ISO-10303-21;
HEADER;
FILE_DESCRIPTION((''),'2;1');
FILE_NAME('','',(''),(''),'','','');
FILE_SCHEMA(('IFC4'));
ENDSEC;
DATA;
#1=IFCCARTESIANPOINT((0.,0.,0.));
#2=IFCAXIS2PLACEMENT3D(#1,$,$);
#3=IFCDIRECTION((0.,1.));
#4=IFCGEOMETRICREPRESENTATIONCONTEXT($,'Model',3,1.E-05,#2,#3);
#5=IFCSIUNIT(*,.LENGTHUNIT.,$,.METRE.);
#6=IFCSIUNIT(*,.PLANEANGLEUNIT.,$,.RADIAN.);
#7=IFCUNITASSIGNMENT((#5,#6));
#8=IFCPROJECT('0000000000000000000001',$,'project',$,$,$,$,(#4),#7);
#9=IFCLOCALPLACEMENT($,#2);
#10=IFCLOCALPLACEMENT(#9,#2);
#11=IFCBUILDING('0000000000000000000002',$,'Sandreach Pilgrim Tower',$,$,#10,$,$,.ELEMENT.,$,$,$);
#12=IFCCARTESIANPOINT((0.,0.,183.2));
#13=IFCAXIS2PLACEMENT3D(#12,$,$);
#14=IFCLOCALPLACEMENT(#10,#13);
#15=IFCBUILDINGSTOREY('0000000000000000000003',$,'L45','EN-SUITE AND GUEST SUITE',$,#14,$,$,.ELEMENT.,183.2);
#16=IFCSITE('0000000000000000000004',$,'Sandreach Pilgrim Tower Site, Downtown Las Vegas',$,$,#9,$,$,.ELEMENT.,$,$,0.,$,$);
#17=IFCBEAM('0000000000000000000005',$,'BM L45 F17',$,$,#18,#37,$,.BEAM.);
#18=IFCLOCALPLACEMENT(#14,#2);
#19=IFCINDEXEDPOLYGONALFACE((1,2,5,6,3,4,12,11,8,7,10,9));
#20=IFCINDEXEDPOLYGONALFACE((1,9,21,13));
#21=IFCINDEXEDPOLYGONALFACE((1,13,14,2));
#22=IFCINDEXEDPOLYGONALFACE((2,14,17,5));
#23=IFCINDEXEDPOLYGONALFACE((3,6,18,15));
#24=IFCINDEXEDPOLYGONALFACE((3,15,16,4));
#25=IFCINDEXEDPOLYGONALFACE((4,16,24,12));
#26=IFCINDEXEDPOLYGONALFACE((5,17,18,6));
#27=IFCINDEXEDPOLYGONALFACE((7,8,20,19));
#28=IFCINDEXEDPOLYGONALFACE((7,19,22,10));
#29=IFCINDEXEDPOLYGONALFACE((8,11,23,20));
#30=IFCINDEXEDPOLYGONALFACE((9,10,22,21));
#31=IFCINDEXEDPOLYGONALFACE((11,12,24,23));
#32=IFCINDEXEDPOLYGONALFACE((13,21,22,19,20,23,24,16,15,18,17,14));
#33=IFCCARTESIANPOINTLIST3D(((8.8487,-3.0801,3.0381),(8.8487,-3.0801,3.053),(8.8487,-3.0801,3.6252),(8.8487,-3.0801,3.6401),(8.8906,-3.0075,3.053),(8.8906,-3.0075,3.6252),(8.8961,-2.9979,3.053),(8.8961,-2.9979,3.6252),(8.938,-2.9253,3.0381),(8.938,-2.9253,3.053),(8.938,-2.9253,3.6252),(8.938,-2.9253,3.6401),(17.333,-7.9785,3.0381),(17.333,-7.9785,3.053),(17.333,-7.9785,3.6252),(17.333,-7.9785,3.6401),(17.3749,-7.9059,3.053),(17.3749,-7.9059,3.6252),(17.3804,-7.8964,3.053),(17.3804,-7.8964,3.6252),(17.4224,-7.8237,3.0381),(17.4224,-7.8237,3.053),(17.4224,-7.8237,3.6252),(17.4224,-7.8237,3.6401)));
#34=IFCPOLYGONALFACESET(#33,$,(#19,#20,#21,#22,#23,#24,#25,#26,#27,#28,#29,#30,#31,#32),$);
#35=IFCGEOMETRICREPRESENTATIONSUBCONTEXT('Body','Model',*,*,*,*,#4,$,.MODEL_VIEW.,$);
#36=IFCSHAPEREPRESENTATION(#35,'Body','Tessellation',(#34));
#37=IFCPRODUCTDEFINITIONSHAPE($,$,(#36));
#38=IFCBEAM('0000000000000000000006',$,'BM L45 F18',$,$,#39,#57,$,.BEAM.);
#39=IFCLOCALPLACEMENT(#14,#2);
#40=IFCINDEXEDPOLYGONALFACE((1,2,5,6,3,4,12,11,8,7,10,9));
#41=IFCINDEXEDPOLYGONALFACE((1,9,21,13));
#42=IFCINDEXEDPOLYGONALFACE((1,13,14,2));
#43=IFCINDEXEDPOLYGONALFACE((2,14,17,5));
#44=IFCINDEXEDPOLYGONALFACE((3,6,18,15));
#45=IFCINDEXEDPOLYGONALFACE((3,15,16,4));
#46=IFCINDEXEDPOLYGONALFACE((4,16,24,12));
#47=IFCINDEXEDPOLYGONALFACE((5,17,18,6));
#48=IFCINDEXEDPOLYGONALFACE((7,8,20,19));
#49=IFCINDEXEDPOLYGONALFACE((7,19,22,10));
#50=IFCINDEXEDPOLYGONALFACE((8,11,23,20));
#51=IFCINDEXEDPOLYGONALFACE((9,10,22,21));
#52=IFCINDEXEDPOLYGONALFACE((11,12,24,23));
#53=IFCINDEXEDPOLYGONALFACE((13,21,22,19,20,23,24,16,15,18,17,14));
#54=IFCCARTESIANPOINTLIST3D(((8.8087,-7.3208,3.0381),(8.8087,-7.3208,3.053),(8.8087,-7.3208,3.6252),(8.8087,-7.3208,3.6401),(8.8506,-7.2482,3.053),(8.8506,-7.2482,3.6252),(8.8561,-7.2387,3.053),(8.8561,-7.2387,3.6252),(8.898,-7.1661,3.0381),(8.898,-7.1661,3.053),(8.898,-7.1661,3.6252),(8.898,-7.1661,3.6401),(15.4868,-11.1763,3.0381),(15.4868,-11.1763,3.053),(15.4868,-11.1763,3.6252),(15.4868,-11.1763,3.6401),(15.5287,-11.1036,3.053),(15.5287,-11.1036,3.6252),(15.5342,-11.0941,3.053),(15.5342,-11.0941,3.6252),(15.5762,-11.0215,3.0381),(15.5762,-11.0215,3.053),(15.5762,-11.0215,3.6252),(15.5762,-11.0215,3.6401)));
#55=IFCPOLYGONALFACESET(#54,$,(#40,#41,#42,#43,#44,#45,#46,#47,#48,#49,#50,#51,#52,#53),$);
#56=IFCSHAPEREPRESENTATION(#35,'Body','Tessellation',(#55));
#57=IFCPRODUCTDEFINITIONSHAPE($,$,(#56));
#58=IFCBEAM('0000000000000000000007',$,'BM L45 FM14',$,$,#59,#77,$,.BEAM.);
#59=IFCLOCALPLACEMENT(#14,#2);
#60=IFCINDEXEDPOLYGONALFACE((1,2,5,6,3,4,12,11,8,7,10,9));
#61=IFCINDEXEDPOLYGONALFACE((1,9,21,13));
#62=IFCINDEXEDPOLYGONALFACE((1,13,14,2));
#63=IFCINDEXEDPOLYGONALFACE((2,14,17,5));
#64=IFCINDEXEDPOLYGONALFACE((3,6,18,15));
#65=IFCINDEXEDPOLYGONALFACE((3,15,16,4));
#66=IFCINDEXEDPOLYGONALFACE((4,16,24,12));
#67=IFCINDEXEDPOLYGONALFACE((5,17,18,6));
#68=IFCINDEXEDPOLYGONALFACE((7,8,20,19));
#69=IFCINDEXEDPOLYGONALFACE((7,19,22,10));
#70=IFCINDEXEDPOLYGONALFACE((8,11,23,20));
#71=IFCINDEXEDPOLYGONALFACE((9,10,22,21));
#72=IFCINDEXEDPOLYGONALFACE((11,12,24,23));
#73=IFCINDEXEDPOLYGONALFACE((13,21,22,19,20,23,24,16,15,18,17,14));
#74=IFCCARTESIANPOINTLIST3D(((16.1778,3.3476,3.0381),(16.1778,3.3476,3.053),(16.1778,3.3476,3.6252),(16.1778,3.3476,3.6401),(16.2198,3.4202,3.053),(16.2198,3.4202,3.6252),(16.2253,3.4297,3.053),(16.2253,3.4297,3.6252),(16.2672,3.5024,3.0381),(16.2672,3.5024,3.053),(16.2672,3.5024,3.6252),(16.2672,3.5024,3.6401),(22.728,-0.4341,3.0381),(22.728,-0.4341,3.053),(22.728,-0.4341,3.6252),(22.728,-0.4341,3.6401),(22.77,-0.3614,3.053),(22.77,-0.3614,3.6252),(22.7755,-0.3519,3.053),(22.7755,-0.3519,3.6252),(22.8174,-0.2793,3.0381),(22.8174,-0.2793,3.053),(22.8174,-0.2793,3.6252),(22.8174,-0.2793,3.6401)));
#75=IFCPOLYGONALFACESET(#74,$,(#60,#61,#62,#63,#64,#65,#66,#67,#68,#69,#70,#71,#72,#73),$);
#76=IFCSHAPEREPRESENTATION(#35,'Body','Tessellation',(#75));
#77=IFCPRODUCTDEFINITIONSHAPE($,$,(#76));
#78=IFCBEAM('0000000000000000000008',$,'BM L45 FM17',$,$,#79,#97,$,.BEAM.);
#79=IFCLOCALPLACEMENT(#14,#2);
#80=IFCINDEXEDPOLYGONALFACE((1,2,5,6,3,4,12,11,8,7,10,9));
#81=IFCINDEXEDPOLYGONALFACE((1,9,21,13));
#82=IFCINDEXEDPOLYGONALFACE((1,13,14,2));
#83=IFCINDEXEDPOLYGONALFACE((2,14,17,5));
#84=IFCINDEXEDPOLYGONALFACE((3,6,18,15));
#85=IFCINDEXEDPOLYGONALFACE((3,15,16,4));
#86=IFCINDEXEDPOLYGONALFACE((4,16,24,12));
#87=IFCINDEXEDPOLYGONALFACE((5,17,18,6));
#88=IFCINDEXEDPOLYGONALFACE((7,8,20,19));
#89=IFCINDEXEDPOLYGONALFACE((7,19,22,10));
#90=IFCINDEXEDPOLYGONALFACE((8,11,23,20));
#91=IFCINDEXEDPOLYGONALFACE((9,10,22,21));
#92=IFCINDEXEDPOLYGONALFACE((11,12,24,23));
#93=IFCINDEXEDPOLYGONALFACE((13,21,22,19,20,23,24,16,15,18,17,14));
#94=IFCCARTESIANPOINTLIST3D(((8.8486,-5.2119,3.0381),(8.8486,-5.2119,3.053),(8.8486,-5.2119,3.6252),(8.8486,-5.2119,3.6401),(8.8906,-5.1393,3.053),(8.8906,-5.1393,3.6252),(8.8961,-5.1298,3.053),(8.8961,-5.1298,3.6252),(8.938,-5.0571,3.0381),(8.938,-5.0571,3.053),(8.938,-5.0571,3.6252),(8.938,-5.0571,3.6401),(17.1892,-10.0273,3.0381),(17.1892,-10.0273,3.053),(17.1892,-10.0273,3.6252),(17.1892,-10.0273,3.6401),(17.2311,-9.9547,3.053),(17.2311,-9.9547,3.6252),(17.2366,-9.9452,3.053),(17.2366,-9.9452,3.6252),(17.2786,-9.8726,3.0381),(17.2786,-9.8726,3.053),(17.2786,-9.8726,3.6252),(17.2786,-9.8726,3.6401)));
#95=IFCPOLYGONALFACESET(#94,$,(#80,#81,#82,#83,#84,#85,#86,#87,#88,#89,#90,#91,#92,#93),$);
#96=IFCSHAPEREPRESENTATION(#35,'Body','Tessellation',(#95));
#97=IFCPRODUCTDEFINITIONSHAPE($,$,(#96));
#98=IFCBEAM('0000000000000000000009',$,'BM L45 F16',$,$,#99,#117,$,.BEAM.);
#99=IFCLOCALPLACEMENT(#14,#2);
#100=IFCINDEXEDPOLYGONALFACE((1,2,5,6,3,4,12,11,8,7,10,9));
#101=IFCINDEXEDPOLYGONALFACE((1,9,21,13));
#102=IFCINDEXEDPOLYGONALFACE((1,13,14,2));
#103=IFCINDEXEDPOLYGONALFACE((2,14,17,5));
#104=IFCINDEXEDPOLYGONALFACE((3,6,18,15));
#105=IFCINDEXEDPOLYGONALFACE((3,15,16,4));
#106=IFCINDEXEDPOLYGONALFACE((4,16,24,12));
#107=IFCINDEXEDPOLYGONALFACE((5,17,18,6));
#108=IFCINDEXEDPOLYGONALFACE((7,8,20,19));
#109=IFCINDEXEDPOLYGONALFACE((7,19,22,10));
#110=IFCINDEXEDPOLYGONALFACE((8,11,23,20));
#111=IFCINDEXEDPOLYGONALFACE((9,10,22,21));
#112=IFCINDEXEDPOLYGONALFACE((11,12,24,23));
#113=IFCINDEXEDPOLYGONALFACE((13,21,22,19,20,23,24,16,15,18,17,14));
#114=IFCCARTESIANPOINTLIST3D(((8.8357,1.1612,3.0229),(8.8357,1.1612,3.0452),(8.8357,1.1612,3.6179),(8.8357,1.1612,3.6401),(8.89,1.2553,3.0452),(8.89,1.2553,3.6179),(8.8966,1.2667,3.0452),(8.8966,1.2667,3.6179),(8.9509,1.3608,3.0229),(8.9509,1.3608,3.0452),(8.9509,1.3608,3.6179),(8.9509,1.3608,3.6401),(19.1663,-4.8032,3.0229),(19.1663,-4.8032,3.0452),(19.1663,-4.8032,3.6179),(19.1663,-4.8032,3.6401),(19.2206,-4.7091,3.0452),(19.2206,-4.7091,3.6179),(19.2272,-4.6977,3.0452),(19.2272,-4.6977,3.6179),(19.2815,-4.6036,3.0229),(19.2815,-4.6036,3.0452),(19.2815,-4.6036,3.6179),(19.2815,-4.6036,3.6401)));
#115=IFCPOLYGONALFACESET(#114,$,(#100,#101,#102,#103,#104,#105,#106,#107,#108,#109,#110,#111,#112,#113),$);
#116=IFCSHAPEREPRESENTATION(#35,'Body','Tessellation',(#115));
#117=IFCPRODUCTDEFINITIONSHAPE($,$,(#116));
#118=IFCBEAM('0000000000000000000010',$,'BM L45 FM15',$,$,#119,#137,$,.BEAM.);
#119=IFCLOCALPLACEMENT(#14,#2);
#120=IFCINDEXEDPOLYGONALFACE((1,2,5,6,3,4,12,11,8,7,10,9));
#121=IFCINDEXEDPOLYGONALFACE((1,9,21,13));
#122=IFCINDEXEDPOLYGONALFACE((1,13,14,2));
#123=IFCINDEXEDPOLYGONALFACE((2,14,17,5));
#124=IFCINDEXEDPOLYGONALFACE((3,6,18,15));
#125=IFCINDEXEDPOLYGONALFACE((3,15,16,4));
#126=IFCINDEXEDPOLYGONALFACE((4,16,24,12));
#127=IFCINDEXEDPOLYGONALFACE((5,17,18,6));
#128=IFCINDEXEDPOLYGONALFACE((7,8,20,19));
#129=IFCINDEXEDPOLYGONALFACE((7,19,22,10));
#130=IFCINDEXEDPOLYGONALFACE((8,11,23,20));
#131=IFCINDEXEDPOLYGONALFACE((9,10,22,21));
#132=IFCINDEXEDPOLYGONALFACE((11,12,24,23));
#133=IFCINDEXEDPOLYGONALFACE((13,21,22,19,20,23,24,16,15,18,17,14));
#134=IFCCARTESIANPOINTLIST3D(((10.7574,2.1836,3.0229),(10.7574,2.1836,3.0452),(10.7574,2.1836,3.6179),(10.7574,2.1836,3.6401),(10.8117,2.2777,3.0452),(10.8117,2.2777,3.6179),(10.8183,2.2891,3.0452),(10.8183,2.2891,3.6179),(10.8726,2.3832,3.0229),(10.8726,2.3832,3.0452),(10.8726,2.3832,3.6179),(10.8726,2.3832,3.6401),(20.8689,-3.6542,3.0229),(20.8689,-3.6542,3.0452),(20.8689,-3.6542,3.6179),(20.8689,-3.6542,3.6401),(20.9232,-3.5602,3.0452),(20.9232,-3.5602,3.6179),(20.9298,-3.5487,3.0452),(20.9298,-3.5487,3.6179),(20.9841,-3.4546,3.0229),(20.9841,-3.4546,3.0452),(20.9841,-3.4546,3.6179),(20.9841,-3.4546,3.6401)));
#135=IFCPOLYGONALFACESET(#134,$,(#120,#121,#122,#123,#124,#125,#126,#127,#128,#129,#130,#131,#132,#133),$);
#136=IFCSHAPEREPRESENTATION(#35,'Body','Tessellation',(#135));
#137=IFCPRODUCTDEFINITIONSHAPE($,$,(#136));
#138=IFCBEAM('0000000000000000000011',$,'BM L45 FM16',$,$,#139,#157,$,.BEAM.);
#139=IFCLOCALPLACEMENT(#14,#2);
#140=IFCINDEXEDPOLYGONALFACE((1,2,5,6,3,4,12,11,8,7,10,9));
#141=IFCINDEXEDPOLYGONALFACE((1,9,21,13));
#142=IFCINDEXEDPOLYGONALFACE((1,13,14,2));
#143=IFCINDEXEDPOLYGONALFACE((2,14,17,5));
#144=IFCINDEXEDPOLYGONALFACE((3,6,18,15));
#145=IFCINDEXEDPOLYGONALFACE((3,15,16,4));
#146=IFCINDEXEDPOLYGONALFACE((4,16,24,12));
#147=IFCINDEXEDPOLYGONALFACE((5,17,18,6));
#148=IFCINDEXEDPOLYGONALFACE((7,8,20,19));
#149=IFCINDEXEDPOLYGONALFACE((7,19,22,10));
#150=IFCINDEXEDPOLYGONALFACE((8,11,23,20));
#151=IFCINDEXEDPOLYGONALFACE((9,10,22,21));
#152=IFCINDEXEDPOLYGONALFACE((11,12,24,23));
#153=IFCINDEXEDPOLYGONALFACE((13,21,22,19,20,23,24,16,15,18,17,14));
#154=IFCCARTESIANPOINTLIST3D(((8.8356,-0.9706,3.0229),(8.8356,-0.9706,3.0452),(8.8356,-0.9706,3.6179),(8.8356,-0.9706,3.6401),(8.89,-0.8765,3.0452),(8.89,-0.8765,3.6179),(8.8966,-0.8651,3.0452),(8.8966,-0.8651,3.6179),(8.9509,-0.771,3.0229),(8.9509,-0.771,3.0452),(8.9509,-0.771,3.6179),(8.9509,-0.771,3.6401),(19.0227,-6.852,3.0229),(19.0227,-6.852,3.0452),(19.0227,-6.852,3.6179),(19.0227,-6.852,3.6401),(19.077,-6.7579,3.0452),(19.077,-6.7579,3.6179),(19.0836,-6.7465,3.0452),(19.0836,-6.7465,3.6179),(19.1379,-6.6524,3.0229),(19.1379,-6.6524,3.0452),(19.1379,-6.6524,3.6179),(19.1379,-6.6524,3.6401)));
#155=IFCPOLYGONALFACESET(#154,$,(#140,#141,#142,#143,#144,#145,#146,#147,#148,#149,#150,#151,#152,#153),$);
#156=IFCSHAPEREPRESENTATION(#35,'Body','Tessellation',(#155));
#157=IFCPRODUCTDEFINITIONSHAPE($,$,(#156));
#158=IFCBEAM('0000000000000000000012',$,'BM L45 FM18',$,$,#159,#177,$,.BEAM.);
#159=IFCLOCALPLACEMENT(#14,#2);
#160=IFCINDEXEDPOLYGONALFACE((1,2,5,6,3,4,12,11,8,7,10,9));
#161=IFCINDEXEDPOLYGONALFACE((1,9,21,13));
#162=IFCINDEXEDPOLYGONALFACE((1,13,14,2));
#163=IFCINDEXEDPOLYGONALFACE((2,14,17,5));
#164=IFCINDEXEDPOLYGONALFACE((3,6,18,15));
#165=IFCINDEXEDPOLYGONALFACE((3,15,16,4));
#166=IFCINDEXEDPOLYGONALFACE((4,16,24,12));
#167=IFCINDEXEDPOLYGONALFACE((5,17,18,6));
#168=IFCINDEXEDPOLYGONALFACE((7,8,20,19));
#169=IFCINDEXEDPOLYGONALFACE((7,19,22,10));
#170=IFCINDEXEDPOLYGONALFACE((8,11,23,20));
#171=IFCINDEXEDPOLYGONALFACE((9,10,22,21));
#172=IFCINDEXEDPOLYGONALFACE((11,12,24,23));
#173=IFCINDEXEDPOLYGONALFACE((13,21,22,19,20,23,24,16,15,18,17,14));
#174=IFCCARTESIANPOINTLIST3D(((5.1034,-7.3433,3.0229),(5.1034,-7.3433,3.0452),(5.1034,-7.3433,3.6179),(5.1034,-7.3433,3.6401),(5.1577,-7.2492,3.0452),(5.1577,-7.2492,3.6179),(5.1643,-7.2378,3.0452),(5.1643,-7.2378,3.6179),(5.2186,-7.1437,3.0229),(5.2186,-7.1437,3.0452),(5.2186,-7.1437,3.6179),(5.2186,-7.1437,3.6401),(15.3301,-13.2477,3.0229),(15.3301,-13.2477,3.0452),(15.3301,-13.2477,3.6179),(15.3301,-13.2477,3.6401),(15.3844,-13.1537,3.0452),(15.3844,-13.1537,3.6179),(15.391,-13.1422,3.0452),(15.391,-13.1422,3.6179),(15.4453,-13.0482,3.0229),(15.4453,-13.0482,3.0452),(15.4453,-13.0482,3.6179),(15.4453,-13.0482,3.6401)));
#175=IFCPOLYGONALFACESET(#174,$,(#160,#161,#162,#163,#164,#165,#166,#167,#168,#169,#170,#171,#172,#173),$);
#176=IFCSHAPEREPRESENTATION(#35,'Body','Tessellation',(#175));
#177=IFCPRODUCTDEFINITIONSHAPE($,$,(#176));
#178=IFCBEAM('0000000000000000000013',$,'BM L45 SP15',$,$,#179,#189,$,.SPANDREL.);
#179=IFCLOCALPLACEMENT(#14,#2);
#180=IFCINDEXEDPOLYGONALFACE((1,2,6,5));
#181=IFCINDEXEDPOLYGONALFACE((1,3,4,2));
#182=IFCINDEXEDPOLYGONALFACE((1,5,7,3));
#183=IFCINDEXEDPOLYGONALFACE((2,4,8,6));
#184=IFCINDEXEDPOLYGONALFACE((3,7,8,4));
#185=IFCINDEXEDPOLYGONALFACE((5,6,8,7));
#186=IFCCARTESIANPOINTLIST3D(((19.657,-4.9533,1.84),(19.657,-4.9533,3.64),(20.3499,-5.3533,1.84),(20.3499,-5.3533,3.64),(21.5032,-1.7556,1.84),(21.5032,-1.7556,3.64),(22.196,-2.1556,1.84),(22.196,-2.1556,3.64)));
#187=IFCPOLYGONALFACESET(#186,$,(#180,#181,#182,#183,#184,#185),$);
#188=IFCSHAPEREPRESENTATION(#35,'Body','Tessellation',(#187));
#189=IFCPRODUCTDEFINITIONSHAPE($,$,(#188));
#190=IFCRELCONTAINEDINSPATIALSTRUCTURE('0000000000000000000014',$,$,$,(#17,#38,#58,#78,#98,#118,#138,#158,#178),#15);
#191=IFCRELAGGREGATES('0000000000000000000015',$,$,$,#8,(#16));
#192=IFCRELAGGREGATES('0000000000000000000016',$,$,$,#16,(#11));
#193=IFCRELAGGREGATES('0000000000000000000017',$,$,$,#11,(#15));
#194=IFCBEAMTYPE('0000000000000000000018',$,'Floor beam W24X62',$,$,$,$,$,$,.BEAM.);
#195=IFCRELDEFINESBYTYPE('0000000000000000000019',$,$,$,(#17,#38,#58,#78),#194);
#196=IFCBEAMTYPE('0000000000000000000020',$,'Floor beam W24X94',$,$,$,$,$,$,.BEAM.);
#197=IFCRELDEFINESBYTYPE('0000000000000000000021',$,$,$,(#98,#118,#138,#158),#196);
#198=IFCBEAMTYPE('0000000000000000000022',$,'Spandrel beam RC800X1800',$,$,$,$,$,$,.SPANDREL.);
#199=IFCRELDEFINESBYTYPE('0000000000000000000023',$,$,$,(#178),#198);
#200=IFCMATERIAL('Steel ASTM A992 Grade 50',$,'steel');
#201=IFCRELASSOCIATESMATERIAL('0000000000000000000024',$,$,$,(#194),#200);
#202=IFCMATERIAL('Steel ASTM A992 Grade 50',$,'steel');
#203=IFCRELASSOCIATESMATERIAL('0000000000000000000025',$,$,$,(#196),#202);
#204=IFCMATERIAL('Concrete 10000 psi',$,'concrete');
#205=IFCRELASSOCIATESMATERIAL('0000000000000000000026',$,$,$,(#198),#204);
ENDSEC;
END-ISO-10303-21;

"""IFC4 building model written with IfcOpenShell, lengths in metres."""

from ifc_helpers import new_model, si_unit, direction, frame, origin, origin_2d, place, context, subcontext, project, spatial, rectangle, i_section, extrude, material, material_profile, profile_set, type_object, element, save


model = new_model("IFC4")

# Units and contexts
model_context = context("Model", 3, precision=1e-05, world=origin(), true_north=direction((0.0, 1.0)))
body_context = subcontext(model_context, "Body", "Model", "MODEL_VIEW")
ifc_project = project(units=[si_unit("LENGTHUNIT", "METRE"), si_unit("PLANEANGLEUNIT", "RADIAN")], contexts=[model_context])

# Site, building, storey
site_placement = place(None, origin())
site = spatial("IfcSite", under=ifc_project, at=site_placement, Name="Sandreach Pilgrim Tower Site, Downtown Las Vegas", CompositionType="ELEMENT", RefElevation=0.0)
building_placement = place(site_placement, origin())
building = spatial("IfcBuilding", under=site, at=building_placement, Name="Sandreach Pilgrim Tower", CompositionType="ELEMENT")
storey_placement = place(building_placement, frame((0.0, 0.0, 183.2)))
storey = spatial("IfcBuildingStorey", under=building, at=storey_placement, Name="L45", Description="EN-SUITE AND GUEST SUITE", CompositionType="ELEMENT", Elevation=183.2)

# Beams
ifc_material_1 = material(Name="Steel ASTM A992 Grade 50", Category="steel")
ifc_material_profile_1 = material_profile(ifc_material_1, i_section(OverallWidth=0.1787, OverallDepth=0.6021, WebThickness=0.011, FlangeThickness=0.0149, at=origin_2d()), Name="W24X62")
ifc_profile_set_1 = profile_set([ifc_material_profile_1], Name="Steel ASTM A992 Grade 50")
beam_type_1 = type_object("IfcBeamType", Name="Floor beam W24X62", PredefinedType="BEAM", material=ifc_profile_set_1)
beam_1_placement = place(storey_placement, frame((17.3777, -7.9011, 3.3391), z_axis=(-0.866026, 0.499999, 0.0), x_axis=(-0.499999, -0.866026, 0.0)))
element("IfcBeam", 1, at=beam_1_placement, inside=storey, type_object=beam_type_1, Name="BM L45 F17", PredefinedType="BEAM", context=body_context, shape_type="SweptSolid", body=[
    extrude(i_section(OverallWidth=0.1787, OverallDepth=0.6021, WebThickness=0.011, FlangeThickness=0.0149, at=origin_2d()), origin(), (0.0, 0.0, 1.0), 9.7969),
])
beam_2_placement = place(storey_placement, frame((15.5315, -11.0989, 3.3391), z_axis=(-0.866037, 0.49998, 0.0), x_axis=(-0.49998, -0.866037, 0.0)))
element("IfcBeam", 2, at=beam_2_placement, inside=storey, type_object=beam_type_1, Name="BM L45 F18", PredefinedType="BEAM", context=body_context, shape_type="SweptSolid", body=[
    extrude(i_section(OverallWidth=0.1787, OverallDepth=0.6021, WebThickness=0.011, FlangeThickness=0.0149, at=origin_2d()), origin(), (0.0, 0.0, 1.0), 7.7112),
])
beam_3_placement = place(storey_placement, frame((22.7727, -0.3567, 3.3391), z_axis=(-0.86603, 0.499993, 0.0), x_axis=(-0.499993, -0.86603, 0.0)))
element("IfcBeam", 3, at=beam_3_placement, inside=storey, type_object=beam_type_1, Name="BM L45 FM14", PredefinedType="BEAM", context=body_context, shape_type="SweptSolid", body=[
    extrude(i_section(OverallWidth=0.1787, OverallDepth=0.6021, WebThickness=0.011, FlangeThickness=0.0149, at=origin_2d()), origin(), (0.0, 0.0, 1.0), 7.5635),
])
beam_4_placement = place(storey_placement, frame((17.2339, -9.95, 3.3391), z_axis=(-0.866026, 0.5, 0.0), x_axis=(-0.5, -0.866026, 0.0)))
element("IfcBeam", 4, at=beam_4_placement, inside=storey, type_object=beam_type_1, Name="BM L45 FM17", PredefinedType="BEAM", context=body_context, shape_type="SweptSolid", body=[
    extrude(i_section(OverallWidth=0.1787, OverallDepth=0.6021, WebThickness=0.011, FlangeThickness=0.0149, at=origin_2d()), origin(), (0.0, 0.0, 1.0), 9.6309),
])
ifc_material_2 = material(Name="Steel ASTM A992 Grade 50", Category="steel")
ifc_material_profile_2 = material_profile(ifc_material_2, i_section(OverallWidth=0.2305, OverallDepth=0.6172, WebThickness=0.0132, FlangeThickness=0.0222, at=origin_2d()), Name="W24X94")
ifc_profile_set_2 = profile_set([ifc_material_profile_2], Name="Steel ASTM A992 Grade 50")
beam_type_2 = type_object("IfcBeamType", Name="Floor beam W24X94", PredefinedType="BEAM", material=ifc_profile_set_2)
beam_5_placement = place(storey_placement, frame((19.2239, -4.7034, 3.3315), z_axis=(-0.866025, 0.5, 0.0), x_axis=(-0.5, -0.866025, 0.0)))
element("IfcBeam", 5, at=beam_5_placement, inside=storey, type_object=beam_type_2, Name="BM L45 F16", PredefinedType="BEAM", context=body_context, shape_type="SweptSolid", body=[
    extrude(i_section(OverallWidth=0.2305, OverallDepth=0.6172, WebThickness=0.0132, FlangeThickness=0.0222, at=origin_2d()), origin(), (0.0, 0.0, 1.0), 11.9287),
])
beam_6_placement = place(storey_placement, frame((20.9265, -3.5544, 3.3315), z_axis=(-0.866026, 0.499998, 0.0), x_axis=(-0.499998, -0.866026, 0.0)))
element("IfcBeam", 6, at=beam_6_placement, inside=storey, type_object=beam_type_2, Name="BM L45 FM15", PredefinedType="BEAM", context=body_context, shape_type="SweptSolid", body=[
    extrude(i_section(OverallWidth=0.2305, OverallDepth=0.6172, WebThickness=0.0132, FlangeThickness=0.0222, at=origin_2d()), origin(), (0.0, 0.0, 1.0), 11.6758),
])
beam_7_placement = place(storey_placement, frame((19.0803, -6.7522, 3.3315), z_axis=(-0.86603, 0.499992, 0.0), x_axis=(-0.499992, -0.86603, 0.0)))
element("IfcBeam", 7, at=beam_7_placement, inside=storey, type_object=beam_type_2, Name="BM L45 FM16", PredefinedType="BEAM", context=body_context, shape_type="SweptSolid", body=[
    extrude(i_section(OverallWidth=0.2305, OverallDepth=0.6172, WebThickness=0.0132, FlangeThickness=0.0222, at=origin_2d()), origin(), (0.0, 0.0, 1.0), 11.7629),
])
beam_8_placement = place(storey_placement, frame((15.3877, -13.1479, 3.3315), z_axis=(-0.866022, 0.500006, 0.0), x_axis=(-0.500006, -0.866022, 0.0)))
element("IfcBeam", 8, at=beam_8_placement, inside=storey, type_object=beam_type_2, Name="BM L45 FM18", PredefinedType="BEAM", context=body_context, shape_type="SweptSolid", body=[
    extrude(i_section(OverallWidth=0.2305, OverallDepth=0.6172, WebThickness=0.0132, FlangeThickness=0.0222, at=origin_2d()), origin(), (0.0, 0.0, 1.0), 11.8088),
])
ifc_material_3 = material(Name="Concrete 10000 psi", Category="concrete")
ifc_material_profile_3 = material_profile(ifc_material_3, rectangle(XDim=0.8, YDim=1.8, at=origin_2d()), Name="RC800X1800")
ifc_profile_set_3 = profile_set([ifc_material_profile_3], Name="Concrete 10000 psi")
beam_type_3 = type_object("IfcBeamType", Name="Spandrel beam RC800X1800", PredefinedType="SPANDREL", material=ifc_profile_set_3)
for number, where, z_axis, x_axis, name in (
    (9, (21.8496, -1.9556, 2.74), (-0.499993, -0.866029, 0.0), (0.866029, -0.499993, 0.0), "BM L45 SP15"),
):
    element("IfcBeam", number, at=place(storey_placement, frame(where, z_axis=z_axis, x_axis=x_axis)), inside=storey, type_object=beam_type_3, Name=name, PredefinedType="SPANDREL", context=body_context, shape_type="SweptSolid", body=[
        extrude(rectangle(XDim=0.8, YDim=1.8, at=origin_2d()), origin(), (0.0, 0.0, 1.0), 3.6924),
    ])

save(model, "model.ifc")
